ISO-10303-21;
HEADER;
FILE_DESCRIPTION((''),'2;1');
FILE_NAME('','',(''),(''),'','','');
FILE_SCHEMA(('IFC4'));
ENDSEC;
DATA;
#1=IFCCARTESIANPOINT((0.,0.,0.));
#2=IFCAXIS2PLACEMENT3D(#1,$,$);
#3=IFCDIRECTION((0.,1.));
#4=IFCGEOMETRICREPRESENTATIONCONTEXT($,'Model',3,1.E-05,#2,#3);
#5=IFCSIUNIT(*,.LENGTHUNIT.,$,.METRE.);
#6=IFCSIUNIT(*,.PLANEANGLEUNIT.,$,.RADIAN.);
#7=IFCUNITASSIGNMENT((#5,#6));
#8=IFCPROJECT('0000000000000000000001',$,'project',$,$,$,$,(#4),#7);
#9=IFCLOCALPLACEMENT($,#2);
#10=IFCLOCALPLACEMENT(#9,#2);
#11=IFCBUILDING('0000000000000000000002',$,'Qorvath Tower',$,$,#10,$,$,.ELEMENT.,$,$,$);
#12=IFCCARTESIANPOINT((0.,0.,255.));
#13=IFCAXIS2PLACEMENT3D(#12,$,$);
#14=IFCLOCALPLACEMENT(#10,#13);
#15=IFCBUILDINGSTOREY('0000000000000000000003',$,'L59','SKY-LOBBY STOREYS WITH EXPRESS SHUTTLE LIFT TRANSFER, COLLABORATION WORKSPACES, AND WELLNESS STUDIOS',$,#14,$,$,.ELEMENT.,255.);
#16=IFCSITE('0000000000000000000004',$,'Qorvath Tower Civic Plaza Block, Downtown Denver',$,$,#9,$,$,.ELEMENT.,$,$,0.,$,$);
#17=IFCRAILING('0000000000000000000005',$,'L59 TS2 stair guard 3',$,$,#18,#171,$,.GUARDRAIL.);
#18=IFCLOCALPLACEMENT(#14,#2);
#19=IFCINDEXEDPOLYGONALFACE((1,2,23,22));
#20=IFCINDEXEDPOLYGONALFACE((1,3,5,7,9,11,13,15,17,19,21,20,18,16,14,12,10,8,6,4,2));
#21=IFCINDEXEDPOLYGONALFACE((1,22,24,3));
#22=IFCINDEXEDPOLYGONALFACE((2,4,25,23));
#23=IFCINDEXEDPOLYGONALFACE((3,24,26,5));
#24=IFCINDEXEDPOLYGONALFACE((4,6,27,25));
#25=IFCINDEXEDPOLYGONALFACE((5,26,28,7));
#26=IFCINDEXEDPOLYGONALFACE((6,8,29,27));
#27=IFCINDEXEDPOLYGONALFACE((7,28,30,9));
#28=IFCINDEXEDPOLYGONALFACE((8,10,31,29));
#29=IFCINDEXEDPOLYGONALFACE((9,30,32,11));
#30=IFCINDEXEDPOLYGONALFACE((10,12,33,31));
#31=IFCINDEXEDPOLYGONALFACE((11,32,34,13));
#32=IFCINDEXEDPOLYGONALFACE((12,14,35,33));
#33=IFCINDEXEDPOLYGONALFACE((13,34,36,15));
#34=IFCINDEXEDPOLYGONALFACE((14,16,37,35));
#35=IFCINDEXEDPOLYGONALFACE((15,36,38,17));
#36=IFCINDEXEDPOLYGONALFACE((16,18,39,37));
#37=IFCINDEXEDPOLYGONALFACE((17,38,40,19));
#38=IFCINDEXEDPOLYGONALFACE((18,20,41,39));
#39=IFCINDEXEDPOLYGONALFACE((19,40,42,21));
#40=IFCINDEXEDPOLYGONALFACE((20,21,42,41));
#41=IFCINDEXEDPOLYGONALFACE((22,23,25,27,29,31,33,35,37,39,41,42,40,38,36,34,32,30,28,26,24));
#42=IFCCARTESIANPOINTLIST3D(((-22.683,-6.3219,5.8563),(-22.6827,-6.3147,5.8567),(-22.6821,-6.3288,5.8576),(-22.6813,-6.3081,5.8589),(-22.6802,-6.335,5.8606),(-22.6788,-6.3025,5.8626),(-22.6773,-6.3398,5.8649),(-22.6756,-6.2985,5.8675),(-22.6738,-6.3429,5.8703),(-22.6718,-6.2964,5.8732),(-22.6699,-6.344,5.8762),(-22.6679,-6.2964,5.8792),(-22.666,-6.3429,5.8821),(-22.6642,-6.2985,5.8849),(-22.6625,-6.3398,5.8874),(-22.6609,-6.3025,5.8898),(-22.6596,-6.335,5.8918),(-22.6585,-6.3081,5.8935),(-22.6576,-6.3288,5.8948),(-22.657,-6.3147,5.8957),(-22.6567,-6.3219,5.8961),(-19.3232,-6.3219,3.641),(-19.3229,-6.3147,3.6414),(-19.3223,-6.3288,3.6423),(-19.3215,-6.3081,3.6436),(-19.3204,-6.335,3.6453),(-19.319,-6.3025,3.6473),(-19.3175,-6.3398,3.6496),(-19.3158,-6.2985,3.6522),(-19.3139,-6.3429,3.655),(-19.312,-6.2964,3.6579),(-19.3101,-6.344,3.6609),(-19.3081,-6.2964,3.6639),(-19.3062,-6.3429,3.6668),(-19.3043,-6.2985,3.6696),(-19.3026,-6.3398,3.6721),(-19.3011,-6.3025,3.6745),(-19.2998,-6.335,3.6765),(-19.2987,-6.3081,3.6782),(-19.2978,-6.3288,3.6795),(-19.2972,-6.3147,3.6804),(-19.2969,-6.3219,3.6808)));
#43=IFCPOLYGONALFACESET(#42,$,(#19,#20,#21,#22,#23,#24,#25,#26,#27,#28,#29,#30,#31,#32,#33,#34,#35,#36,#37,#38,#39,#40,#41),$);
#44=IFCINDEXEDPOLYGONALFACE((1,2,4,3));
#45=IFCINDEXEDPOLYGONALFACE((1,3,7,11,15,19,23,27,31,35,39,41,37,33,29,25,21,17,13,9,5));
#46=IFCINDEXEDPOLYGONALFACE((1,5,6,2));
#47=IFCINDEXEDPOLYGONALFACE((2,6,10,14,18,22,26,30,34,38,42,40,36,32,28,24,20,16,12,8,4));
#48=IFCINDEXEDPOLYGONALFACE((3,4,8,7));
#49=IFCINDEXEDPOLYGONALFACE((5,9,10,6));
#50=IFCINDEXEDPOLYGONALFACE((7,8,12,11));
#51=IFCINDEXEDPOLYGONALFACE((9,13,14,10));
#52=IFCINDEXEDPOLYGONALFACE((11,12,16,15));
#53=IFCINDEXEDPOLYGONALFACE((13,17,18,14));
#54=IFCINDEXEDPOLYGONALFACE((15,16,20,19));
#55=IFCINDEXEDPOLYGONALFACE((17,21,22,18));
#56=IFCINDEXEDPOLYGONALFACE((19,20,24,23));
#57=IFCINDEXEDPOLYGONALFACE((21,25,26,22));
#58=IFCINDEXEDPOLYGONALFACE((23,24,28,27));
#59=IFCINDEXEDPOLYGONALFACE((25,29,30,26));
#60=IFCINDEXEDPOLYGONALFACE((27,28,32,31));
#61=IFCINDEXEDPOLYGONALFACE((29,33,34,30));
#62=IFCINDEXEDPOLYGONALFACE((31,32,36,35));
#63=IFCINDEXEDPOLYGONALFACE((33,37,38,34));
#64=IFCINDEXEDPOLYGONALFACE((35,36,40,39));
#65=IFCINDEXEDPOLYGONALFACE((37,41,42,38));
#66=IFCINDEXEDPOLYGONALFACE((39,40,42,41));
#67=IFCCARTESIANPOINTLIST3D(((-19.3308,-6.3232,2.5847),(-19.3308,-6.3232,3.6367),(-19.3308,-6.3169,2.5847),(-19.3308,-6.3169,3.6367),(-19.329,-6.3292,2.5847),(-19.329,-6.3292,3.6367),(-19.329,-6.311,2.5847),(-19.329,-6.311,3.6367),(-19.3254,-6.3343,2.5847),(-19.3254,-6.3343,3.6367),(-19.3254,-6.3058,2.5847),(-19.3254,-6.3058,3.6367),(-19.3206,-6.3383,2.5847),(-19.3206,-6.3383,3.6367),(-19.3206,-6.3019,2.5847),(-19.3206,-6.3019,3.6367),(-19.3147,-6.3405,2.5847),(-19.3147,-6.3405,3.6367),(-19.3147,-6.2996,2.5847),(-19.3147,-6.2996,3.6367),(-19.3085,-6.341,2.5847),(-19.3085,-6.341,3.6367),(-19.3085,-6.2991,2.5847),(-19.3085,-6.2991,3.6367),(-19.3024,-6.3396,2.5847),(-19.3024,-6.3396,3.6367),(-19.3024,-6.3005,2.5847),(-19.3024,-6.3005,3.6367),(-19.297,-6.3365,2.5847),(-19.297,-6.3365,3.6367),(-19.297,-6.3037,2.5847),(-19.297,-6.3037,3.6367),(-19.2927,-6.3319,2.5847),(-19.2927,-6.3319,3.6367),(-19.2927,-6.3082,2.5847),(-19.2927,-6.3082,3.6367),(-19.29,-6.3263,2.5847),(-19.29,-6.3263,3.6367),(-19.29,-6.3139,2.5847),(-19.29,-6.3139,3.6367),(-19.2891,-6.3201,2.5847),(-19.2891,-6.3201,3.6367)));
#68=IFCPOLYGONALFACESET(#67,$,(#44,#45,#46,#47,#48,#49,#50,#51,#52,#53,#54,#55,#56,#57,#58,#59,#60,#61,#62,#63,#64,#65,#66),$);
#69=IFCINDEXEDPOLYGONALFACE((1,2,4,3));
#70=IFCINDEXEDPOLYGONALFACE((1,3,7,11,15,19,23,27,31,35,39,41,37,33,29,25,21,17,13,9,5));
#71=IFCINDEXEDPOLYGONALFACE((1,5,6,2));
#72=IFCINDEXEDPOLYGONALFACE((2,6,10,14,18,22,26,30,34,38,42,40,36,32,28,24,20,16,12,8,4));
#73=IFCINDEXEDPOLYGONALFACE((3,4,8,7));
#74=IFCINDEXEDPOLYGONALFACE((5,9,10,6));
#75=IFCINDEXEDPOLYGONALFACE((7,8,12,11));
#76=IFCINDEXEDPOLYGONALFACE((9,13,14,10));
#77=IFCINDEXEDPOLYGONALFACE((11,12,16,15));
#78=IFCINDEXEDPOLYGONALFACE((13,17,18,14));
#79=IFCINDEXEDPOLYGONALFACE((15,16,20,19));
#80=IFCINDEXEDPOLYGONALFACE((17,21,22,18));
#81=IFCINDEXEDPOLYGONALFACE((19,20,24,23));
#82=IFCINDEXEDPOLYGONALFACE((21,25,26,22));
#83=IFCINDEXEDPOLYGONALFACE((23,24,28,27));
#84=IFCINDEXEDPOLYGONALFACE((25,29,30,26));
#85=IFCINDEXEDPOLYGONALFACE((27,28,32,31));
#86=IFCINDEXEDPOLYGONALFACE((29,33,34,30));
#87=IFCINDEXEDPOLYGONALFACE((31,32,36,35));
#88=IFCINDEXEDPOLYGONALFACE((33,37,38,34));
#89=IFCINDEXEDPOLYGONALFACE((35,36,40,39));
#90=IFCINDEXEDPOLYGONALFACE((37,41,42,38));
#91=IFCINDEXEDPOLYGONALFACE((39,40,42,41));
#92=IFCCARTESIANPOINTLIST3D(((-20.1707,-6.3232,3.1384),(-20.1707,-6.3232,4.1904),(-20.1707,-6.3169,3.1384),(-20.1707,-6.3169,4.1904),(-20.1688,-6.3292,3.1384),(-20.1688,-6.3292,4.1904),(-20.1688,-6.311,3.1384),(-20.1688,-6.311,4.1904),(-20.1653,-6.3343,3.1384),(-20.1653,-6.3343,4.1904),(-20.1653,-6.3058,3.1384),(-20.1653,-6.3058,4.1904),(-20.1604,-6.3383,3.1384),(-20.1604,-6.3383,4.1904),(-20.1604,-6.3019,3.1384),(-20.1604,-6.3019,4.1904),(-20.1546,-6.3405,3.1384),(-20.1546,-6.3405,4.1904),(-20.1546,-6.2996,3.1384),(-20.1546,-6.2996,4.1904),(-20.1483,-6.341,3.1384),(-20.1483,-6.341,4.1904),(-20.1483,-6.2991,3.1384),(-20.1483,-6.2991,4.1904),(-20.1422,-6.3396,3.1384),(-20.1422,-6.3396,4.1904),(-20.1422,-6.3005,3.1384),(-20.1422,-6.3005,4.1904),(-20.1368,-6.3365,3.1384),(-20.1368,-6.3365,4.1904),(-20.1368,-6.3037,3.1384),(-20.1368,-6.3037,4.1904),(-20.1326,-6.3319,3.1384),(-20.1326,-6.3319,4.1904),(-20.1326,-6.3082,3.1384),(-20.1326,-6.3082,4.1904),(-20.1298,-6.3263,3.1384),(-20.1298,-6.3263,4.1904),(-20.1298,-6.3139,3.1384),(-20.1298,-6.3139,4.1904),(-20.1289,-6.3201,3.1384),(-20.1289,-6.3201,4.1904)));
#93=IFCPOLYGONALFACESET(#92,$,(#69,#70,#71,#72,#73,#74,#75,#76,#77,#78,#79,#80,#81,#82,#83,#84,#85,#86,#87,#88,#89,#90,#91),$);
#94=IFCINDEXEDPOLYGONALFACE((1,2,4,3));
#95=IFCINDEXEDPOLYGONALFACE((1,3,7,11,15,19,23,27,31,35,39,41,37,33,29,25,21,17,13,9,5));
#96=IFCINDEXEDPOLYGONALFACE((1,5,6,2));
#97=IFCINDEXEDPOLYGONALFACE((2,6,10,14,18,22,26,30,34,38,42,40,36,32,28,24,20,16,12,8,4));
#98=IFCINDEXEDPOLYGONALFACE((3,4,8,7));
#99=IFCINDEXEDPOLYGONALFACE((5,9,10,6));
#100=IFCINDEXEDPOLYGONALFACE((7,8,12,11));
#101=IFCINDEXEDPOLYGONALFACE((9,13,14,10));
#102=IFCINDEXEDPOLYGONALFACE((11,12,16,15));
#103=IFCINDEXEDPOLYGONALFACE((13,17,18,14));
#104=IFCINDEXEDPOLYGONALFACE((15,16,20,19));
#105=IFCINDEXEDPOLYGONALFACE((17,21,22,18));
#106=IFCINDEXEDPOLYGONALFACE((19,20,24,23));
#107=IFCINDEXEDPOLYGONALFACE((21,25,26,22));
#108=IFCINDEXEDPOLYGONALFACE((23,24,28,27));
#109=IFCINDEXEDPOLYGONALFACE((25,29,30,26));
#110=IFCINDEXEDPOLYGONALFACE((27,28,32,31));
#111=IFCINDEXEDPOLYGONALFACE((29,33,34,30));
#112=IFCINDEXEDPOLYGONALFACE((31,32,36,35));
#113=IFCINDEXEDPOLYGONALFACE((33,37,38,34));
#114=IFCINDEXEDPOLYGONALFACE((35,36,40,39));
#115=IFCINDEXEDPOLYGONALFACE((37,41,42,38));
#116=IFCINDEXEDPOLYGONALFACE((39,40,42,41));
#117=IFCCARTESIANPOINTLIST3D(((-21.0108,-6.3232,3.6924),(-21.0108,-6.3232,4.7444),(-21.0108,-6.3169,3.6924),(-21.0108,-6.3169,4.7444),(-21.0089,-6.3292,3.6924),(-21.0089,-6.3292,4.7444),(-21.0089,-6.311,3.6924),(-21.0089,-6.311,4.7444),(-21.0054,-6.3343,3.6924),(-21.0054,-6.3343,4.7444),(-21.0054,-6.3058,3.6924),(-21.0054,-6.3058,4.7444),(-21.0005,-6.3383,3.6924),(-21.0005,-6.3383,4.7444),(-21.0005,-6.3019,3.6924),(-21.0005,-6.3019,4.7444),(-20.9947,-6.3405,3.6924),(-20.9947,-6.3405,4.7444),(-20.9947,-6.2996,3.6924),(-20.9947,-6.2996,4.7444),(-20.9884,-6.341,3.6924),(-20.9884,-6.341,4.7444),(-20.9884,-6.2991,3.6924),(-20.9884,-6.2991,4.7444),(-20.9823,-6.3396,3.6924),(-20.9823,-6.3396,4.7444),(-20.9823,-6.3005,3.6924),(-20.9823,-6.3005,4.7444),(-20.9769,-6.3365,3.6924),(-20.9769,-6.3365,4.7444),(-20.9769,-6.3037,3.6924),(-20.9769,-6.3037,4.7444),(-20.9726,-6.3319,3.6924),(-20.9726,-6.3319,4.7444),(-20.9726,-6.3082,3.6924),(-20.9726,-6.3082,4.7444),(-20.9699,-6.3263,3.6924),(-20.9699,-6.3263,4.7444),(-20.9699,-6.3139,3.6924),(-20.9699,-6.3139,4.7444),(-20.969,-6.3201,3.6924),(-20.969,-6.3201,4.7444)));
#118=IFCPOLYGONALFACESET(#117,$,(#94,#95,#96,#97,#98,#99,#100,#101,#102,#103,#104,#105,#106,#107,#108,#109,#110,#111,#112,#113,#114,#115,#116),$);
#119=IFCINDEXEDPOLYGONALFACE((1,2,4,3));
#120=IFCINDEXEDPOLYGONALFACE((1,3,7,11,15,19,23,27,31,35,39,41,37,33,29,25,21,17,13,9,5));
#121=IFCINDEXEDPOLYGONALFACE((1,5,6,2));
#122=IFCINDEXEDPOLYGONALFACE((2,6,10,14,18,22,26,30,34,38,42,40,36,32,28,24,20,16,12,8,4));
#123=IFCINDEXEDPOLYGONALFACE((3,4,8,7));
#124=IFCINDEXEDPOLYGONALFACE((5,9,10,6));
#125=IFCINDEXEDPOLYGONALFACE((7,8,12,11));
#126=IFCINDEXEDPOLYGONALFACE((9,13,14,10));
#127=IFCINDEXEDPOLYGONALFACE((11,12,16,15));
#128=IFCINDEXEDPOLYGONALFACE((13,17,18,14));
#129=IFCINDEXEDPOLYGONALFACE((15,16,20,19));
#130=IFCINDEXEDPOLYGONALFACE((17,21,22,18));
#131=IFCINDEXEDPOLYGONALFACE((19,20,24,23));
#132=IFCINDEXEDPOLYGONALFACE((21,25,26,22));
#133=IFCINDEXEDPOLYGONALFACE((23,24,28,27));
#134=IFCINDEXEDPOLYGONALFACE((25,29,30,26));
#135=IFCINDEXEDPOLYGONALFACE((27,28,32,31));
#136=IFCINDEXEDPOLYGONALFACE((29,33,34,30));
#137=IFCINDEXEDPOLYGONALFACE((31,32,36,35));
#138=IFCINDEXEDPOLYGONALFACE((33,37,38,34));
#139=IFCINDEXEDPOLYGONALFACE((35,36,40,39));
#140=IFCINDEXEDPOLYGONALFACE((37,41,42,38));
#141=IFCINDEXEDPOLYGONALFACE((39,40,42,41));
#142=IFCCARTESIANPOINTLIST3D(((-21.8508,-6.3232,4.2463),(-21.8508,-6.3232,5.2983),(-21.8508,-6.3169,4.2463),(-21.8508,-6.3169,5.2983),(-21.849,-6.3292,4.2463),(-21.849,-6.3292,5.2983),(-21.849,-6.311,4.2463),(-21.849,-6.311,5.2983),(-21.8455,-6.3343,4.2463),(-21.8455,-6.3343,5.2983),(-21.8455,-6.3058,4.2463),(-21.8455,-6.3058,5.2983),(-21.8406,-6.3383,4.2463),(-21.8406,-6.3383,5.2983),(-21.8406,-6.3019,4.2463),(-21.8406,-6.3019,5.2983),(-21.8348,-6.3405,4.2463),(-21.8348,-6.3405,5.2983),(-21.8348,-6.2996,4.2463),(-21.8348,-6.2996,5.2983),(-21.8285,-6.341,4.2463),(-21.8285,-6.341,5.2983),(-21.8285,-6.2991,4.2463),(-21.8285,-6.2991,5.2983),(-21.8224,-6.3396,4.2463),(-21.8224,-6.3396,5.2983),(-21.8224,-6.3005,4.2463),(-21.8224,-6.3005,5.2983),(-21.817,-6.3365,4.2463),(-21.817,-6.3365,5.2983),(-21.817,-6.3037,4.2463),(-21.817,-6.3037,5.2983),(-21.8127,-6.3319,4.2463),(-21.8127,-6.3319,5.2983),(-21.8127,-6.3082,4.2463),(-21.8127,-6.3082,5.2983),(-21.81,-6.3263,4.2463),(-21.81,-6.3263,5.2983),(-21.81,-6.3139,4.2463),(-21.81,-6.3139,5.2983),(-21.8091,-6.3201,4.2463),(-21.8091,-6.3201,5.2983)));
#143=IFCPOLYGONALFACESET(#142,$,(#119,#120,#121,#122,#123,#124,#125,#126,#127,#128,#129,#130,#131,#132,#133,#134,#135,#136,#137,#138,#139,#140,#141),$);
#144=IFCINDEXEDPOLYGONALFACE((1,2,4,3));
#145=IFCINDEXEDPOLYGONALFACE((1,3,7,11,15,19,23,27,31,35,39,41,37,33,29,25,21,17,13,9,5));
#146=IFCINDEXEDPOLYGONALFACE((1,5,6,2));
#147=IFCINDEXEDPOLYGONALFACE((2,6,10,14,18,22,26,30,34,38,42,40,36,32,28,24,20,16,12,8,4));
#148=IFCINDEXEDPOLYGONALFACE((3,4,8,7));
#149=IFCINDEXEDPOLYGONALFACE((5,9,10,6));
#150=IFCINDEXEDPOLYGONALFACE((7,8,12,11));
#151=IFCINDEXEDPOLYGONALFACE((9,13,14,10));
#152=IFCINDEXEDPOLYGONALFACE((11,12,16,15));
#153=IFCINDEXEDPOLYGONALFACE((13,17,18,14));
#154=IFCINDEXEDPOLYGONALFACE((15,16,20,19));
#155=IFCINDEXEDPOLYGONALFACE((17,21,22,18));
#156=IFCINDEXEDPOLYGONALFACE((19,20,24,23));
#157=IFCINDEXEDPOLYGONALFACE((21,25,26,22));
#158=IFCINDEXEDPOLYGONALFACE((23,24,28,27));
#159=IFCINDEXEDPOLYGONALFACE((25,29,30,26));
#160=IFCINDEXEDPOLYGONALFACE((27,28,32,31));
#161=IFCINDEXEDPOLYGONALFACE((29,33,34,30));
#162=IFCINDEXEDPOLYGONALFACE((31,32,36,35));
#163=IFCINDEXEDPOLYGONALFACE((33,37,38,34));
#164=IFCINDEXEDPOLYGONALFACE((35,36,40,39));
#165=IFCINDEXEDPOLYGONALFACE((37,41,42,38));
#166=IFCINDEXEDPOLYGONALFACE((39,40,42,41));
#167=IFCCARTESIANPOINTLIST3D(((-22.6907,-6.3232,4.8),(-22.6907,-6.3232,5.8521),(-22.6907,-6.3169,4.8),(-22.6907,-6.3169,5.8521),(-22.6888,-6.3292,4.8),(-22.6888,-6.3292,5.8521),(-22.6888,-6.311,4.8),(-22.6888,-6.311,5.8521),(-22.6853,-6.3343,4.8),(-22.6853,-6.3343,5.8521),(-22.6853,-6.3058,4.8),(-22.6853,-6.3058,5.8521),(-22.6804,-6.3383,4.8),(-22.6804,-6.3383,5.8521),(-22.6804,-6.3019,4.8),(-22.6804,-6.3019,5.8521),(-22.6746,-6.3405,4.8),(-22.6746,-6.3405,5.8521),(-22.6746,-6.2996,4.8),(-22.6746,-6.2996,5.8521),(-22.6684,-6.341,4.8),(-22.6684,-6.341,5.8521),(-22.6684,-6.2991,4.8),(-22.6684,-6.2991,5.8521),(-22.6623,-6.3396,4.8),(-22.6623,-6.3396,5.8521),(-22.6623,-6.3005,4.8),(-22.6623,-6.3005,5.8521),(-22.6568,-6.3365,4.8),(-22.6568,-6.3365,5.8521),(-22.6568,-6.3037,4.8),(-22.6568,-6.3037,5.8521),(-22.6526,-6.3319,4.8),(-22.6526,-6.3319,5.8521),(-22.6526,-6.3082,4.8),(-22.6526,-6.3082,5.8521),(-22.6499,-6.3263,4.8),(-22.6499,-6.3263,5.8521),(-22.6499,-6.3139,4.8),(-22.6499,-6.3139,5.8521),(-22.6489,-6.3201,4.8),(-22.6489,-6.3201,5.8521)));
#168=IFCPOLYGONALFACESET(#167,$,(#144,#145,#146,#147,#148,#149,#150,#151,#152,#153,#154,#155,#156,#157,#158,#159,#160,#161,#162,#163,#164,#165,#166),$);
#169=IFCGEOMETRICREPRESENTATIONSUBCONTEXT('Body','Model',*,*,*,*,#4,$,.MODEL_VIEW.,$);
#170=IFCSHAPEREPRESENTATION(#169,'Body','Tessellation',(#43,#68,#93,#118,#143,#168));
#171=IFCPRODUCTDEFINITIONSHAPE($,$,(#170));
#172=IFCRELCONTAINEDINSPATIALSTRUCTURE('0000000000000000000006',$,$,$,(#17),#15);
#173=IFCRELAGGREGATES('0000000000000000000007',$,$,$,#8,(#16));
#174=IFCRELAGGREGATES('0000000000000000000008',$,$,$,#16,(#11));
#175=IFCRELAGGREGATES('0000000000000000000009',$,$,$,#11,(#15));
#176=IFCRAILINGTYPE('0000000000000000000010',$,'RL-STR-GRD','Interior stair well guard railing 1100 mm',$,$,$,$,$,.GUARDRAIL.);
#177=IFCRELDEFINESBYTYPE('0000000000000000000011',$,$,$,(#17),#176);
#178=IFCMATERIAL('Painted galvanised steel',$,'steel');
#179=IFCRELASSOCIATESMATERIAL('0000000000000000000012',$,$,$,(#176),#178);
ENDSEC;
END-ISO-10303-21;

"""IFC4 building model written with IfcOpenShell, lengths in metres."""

from ifc_helpers import new_model, si_unit, direction, frame, origin, origin_2d, place, context, subcontext, project, spatial, circle, extrude, material, type_object, element, save


model = new_model("IFC4")

# Units and contexts
model_context = context("Model", 3, precision=1e-05, world=origin(), true_north=direction((0.0, 1.0)))
body_context = subcontext(model_context, "Body", "Model", "MODEL_VIEW")
ifc_project = project(units=[si_unit("LENGTHUNIT", "METRE"), si_unit("PLANEANGLEUNIT", "RADIAN")], contexts=[model_context])

# Site, building, storey
site_placement = place(None, origin())
site = spatial("IfcSite", under=ifc_project, at=site_placement, Name="Qorvath Tower Civic Plaza Block, Downtown Denver", CompositionType="ELEMENT", RefElevation=0.0)
building_placement = place(site_placement, origin())
building = spatial("IfcBuilding", under=site, at=building_placement, Name="Qorvath Tower", CompositionType="ELEMENT")
storey_placement = place(building_placement, frame((0.0, 0.0, 255.0)))
storey = spatial("IfcBuildingStorey", under=building, at=storey_placement, Name="L59", Description="SKY-LOBBY STOREYS WITH EXPRESS SHUTTLE LIFT TRANSFER, COLLABORATION WORKSPACES, AND WELLNESS STUDIOS", CompositionType="ELEMENT", Elevation=255.0)

# Railing
ifc_material_1 = material(Name="Painted galvanised steel", Category="steel")
railing_type_1 = type_object("IfcRailingType", Name="RL-STR-GRD", Description="Interior stair well guard railing 1100 mm", PredefinedType="GUARDRAIL", material=ifc_material_1)
railing_1_placement = place(storey_placement, frame((-19.3101, -6.3201, 2.5847)))
element("IfcRailing", 1, at=railing_1_placement, inside=storey, type_object=railing_type_1, Name="L59 TS2 stair guard 3", PredefinedType="GUARDRAIL", context=body_context, shape_type="SweptSolid", body=[
    extrude(circle(Radius=0.0239, at=origin_2d()), frame((0.0, 0.0, 1.0762), z_axis=(-0.834858, 0.0, 0.550465), x_axis=(0.0, -1.0, 0.0)), (0.0, 0.0, 1.0), 4.0244),
    extrude(circle(Radius=0.021, at=origin_2d()), origin(), (0.0, 0.0, 1.0), 1.052),
    extrude(circle(Radius=0.021, at=origin_2d()), frame((-0.8398, 0.0, 0.5537)), (0.0, 0.0, 1.0), 1.052),
    extrude(circle(Radius=0.021, at=origin_2d()), frame((-1.6799, 0.0, 1.1077)), (0.0, 0.0, 1.0), 1.052),
    extrude(circle(Radius=0.021, at=origin_2d()), frame((-2.52, 0.0, 1.6616)), (0.0, 0.0, 1.0), 1.052),
    extrude(circle(Radius=0.021, at=origin_2d()), frame((-3.3599, 0.0, 2.2153)), (0.0, 0.0, 1.0), 1.052),
])

save(model, "model.ifc")
